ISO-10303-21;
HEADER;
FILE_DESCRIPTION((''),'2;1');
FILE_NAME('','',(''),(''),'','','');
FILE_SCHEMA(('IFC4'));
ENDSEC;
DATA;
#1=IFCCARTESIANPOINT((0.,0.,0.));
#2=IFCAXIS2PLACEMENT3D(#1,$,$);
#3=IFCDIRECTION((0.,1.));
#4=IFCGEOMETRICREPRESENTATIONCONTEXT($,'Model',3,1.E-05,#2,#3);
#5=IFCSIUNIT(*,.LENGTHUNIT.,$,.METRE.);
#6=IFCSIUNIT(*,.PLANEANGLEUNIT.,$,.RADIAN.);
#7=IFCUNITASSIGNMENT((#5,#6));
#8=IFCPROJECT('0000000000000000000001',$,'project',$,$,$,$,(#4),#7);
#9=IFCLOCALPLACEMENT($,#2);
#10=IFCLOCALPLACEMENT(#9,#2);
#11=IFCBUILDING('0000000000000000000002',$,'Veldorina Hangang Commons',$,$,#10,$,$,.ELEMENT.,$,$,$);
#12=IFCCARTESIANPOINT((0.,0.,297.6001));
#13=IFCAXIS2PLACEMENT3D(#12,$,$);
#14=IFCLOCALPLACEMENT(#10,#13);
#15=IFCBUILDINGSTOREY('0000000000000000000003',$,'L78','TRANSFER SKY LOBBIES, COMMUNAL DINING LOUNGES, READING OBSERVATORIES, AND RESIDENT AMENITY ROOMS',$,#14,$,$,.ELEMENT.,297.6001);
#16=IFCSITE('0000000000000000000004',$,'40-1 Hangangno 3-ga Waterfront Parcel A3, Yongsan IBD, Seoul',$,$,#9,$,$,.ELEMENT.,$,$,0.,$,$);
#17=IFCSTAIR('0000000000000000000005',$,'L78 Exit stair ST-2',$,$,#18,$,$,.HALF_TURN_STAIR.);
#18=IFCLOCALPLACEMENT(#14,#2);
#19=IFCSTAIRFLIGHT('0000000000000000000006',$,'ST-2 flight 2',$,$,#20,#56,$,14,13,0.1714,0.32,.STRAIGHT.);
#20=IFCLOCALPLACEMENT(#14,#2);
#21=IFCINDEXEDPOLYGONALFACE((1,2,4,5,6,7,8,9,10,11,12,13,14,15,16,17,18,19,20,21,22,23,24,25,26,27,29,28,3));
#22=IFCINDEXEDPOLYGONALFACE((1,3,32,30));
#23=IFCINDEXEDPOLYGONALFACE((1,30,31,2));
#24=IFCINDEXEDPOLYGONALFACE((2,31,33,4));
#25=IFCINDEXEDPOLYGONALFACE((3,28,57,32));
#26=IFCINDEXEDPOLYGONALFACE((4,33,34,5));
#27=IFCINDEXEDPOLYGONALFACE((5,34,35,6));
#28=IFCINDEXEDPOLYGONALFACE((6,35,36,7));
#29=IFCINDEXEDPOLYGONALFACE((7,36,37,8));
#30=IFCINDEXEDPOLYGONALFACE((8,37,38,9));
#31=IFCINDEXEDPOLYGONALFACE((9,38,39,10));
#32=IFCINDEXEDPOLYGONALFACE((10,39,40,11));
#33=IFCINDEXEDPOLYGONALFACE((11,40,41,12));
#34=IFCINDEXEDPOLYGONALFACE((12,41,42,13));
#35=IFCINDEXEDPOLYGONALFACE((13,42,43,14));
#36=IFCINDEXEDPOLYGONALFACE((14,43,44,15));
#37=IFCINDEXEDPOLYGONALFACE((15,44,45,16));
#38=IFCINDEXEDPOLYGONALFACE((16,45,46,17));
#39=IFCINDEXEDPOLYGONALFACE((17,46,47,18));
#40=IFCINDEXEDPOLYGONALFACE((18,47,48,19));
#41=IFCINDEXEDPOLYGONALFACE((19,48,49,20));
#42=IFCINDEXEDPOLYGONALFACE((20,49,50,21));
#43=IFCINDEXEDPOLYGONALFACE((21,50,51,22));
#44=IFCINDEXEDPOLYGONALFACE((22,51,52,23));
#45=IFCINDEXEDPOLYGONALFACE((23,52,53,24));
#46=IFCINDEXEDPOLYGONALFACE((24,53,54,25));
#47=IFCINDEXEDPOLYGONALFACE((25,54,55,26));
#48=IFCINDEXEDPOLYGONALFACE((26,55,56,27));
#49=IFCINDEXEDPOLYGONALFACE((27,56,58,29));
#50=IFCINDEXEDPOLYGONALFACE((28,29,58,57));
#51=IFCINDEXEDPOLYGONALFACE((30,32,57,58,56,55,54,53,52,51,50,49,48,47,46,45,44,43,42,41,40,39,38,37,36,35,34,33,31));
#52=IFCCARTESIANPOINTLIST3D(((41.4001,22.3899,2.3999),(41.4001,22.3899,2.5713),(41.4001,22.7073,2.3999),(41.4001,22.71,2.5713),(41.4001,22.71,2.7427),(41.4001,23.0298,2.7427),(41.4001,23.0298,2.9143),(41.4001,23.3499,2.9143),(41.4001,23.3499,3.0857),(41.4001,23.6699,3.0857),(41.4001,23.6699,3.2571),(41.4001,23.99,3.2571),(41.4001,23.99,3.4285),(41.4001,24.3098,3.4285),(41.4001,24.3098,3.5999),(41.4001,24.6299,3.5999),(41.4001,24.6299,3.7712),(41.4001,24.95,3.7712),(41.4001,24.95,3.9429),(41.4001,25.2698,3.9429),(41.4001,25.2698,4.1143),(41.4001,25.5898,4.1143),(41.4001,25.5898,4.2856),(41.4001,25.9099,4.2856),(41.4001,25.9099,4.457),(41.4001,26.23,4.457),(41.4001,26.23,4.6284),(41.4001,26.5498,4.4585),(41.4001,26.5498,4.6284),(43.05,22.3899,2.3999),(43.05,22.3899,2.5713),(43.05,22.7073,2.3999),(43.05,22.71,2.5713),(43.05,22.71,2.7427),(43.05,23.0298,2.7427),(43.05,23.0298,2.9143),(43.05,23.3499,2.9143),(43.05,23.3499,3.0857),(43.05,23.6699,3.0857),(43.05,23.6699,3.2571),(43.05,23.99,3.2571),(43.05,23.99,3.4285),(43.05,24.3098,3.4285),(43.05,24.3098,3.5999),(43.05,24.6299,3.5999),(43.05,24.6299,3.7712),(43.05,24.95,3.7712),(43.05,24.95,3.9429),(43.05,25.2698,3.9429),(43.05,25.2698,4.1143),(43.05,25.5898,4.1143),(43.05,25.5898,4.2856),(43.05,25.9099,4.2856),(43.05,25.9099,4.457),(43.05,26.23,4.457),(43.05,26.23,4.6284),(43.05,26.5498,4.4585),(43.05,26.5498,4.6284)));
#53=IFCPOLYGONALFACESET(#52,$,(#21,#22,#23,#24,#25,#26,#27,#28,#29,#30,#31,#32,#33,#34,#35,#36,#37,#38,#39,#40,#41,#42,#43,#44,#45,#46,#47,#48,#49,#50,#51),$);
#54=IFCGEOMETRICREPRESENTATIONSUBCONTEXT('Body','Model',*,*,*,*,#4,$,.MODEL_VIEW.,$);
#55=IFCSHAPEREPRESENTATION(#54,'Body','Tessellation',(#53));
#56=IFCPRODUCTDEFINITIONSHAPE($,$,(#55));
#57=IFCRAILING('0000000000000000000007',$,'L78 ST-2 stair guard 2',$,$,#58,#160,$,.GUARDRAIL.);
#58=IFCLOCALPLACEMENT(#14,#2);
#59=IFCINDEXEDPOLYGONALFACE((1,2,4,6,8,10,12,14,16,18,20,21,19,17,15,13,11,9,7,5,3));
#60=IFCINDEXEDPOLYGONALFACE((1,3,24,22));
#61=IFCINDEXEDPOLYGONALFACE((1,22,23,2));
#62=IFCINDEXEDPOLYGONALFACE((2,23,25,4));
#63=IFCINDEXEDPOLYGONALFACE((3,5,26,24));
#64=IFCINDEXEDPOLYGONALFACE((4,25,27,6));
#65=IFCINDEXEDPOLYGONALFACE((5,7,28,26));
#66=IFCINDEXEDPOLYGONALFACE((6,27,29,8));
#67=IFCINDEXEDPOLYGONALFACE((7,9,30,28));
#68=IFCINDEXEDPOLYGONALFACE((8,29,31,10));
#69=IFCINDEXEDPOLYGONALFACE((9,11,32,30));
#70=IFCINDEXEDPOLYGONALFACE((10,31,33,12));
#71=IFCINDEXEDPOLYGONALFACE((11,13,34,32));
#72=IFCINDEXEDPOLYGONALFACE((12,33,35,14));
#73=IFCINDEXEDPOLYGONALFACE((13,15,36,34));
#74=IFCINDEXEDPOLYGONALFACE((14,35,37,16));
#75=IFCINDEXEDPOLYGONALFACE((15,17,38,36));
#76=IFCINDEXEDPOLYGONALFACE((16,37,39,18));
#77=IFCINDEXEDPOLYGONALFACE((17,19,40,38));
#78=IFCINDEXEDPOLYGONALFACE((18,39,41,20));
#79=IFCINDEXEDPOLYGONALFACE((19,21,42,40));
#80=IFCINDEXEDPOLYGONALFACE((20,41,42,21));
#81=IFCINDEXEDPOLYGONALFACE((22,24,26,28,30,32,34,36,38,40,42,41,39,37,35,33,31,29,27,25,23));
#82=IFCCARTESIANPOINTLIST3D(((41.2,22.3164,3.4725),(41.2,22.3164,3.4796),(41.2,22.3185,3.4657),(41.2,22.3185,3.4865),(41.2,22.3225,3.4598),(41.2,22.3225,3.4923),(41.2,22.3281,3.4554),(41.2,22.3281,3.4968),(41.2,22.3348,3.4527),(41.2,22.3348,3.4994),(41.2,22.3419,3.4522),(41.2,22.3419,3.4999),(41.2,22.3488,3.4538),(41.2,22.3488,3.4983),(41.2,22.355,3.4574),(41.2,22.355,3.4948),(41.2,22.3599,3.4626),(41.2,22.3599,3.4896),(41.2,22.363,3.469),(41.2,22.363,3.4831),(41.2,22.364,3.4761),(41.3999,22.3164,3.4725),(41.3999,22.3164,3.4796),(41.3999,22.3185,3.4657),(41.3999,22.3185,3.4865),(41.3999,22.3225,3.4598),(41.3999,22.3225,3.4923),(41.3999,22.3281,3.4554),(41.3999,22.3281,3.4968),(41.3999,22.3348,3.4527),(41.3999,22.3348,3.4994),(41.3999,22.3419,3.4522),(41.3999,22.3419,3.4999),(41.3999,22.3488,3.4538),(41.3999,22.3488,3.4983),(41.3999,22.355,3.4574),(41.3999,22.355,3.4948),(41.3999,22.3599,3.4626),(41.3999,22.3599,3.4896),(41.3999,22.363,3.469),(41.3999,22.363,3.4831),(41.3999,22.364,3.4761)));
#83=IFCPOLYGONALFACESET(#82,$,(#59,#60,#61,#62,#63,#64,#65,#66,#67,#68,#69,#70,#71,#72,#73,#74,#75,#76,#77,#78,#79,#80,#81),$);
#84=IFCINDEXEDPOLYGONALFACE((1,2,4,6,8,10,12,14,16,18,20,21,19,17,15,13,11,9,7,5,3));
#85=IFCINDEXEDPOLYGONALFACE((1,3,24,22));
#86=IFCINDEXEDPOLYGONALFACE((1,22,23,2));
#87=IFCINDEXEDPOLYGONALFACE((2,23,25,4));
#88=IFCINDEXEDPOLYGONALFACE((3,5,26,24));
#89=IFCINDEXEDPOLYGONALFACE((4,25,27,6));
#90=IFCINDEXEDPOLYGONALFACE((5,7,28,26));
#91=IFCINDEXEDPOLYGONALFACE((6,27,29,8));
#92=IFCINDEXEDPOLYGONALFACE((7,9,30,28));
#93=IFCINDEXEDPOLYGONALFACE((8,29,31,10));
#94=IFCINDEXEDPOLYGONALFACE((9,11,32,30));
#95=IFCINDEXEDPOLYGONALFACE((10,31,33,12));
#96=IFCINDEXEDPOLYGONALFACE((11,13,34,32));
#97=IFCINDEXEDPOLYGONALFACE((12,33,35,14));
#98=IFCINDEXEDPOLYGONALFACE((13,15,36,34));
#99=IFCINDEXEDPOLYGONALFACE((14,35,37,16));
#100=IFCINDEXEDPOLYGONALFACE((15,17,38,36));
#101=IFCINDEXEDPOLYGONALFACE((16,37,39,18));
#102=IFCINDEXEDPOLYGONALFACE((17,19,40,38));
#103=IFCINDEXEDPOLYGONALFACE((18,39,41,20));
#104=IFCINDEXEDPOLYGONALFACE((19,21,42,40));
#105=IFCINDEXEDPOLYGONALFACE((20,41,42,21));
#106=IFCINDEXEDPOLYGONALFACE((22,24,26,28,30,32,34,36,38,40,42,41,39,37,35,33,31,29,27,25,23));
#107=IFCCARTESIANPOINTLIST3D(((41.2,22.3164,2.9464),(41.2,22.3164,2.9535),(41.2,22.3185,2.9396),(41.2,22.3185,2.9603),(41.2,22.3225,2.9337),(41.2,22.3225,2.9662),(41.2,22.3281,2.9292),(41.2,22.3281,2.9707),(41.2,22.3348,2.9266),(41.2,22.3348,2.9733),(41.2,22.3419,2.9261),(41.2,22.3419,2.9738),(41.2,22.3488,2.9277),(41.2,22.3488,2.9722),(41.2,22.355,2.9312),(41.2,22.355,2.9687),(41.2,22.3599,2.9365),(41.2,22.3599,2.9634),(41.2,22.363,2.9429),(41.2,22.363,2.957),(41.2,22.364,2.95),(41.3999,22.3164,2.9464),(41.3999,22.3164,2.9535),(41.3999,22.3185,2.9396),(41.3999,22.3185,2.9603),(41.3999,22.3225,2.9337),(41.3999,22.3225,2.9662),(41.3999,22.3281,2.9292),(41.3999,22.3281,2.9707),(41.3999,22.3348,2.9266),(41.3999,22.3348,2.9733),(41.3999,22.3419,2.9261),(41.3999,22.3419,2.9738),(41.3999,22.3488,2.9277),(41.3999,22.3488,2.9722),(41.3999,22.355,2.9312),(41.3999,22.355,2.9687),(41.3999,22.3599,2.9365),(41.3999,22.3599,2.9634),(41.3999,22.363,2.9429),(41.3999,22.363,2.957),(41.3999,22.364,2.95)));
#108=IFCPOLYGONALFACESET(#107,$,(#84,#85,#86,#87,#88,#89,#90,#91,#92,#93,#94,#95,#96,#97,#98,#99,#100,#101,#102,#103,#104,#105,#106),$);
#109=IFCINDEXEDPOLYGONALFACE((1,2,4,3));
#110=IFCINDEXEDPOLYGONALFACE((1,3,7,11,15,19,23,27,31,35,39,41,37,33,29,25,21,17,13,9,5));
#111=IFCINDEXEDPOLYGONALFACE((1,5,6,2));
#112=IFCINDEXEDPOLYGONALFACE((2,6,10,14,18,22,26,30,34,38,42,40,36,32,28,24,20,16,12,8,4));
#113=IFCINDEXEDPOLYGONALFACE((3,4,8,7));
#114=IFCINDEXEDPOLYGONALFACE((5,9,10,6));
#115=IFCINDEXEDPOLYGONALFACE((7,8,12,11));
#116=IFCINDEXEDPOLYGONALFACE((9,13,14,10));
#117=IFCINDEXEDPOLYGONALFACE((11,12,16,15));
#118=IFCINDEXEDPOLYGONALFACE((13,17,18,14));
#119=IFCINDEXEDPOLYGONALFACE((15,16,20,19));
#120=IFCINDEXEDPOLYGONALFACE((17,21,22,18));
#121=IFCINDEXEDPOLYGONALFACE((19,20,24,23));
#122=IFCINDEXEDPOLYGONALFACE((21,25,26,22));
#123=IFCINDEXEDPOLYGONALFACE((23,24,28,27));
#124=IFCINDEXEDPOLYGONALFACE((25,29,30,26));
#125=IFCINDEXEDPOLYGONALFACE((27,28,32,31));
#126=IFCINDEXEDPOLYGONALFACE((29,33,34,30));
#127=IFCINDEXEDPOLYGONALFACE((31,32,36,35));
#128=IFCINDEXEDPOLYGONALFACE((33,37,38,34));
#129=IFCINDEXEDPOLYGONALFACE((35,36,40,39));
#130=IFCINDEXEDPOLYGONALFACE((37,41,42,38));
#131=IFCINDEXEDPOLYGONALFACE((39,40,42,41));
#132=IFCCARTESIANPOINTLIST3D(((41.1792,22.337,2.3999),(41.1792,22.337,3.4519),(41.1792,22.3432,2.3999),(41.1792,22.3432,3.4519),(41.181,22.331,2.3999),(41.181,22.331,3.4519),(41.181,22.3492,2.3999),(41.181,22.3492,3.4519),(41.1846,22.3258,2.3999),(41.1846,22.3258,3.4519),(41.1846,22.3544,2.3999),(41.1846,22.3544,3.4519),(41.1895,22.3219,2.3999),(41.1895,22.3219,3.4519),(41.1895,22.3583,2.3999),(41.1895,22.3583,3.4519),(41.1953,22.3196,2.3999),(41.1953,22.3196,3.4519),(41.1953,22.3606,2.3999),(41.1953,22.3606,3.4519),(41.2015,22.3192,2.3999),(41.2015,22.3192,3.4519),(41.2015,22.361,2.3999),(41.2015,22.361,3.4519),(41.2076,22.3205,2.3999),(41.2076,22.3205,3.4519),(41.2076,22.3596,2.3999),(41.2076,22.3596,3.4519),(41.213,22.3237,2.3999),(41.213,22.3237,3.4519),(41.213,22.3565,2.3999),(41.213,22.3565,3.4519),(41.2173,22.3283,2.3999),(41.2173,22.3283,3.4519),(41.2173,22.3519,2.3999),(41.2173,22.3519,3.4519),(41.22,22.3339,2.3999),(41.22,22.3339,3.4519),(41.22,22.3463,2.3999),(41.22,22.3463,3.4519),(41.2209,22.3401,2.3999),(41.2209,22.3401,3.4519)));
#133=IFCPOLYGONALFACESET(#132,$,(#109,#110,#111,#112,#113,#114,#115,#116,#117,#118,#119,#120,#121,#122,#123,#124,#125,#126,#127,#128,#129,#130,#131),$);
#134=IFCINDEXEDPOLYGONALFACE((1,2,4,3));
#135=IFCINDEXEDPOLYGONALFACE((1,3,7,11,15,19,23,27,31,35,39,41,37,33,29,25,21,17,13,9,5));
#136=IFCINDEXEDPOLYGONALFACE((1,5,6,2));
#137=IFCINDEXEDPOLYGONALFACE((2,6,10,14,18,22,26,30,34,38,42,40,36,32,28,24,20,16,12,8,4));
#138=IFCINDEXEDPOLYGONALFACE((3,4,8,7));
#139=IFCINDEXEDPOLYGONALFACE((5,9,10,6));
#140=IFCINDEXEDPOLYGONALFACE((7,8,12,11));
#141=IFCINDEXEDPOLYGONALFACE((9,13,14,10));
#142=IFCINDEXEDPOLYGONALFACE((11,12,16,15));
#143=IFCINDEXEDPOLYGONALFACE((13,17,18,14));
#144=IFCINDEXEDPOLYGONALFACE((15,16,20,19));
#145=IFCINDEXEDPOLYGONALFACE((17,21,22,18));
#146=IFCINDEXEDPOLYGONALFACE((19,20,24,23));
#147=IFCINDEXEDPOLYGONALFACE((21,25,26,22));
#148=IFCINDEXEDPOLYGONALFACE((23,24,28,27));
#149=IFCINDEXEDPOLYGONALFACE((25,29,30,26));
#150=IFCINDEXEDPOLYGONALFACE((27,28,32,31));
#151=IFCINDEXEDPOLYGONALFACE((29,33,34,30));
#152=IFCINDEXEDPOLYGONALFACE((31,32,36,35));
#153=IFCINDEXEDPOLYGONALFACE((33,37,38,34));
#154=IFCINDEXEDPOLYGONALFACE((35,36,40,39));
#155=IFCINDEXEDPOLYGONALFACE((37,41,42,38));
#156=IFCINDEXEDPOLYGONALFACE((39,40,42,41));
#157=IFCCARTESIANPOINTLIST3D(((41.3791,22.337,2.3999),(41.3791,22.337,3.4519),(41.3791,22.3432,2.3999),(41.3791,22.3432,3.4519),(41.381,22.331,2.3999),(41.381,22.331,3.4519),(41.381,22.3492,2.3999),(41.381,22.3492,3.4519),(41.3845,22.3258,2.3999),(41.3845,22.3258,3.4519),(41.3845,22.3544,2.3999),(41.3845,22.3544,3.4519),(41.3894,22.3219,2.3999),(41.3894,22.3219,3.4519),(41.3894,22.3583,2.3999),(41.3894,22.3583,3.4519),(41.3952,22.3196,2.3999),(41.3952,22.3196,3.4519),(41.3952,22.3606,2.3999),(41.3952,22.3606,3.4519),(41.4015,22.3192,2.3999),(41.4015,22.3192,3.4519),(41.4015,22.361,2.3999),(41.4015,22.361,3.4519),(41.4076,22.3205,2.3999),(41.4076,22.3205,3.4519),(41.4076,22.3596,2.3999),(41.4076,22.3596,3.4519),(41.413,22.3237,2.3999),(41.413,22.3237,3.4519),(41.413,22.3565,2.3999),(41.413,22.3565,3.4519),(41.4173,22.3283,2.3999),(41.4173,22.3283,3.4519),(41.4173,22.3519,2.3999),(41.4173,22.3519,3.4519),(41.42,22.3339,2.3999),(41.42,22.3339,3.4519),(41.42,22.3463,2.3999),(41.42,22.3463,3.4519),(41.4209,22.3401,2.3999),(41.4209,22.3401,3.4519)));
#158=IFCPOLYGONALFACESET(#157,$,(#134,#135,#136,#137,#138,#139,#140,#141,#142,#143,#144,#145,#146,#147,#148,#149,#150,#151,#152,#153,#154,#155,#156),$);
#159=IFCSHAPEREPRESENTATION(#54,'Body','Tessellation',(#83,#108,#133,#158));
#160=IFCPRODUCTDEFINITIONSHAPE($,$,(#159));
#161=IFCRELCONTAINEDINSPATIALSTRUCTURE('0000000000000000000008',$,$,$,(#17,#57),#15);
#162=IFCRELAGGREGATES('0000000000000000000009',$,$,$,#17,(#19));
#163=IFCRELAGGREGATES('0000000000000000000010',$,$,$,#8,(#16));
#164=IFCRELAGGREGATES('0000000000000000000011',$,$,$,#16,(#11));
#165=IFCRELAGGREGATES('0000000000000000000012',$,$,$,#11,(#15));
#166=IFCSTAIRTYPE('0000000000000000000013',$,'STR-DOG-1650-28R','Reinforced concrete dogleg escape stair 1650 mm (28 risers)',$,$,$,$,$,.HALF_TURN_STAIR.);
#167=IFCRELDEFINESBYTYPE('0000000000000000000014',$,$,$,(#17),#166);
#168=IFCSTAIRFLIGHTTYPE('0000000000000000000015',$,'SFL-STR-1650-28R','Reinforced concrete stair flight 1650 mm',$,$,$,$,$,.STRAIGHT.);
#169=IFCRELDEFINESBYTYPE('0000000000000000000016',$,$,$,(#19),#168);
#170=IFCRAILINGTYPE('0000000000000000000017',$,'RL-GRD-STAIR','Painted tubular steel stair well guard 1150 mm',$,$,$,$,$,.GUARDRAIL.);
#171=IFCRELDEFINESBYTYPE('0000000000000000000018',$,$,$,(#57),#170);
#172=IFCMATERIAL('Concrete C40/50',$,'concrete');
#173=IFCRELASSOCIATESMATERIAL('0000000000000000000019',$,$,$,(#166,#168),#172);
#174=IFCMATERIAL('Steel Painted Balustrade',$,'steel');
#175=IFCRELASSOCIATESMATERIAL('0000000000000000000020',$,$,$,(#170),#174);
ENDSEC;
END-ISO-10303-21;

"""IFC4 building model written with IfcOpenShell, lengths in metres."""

from ifc_helpers import new_model, si_unit, direction, frame, origin, origin_2d, place, context, subcontext, project, spatial, polyline, circle, outline, extrude, material, type_object, element, aggregate, save


model = new_model("IFC4")

# Units and contexts
model_context = context("Model", 3, precision=1e-05, world=origin(), true_north=direction((0.0, 1.0)))
body_context = subcontext(model_context, "Body", "Model", "MODEL_VIEW")
ifc_project = project(units=[si_unit("LENGTHUNIT", "METRE"), si_unit("PLANEANGLEUNIT", "RADIAN")], contexts=[model_context])

# Site, building, storey
site_placement = place(None, origin())
site = spatial("IfcSite", under=ifc_project, at=site_placement, Name="40-1 Hangangno 3-ga Waterfront Parcel A3, Yongsan IBD, Seoul", CompositionType="ELEMENT", RefElevation=0.0)
building_placement = place(site_placement, origin())
building = spatial("IfcBuilding", under=site, at=building_placement, Name="Veldorina Hangang Commons", CompositionType="ELEMENT")
storey_placement = place(building_placement, frame((0.0, 0.0, 297.6001)))
storey = spatial("IfcBuildingStorey", under=building, at=storey_placement, Name="L78", Description="TRANSFER SKY LOBBIES, COMMUNAL DINING LOUNGES, READING OBSERVATORIES, AND RESIDENT AMENITY ROOMS", CompositionType="ELEMENT", Elevation=297.6001)

# Stair, stair flight
ifc_material_1 = material(Name="Concrete C40/50", Category="concrete")
stair_type = type_object("IfcStairType", Name="STR-DOG-1650-28R", Description="Reinforced concrete dogleg escape stair 1650 mm (28 risers)", PredefinedType="HALF_TURN_STAIR", material=ifc_material_1)
stair_placement = place(storey_placement, origin())
stair = element("IfcStair", 1, at=stair_placement, inside=storey, type_object=stair_type, Name="L78 Exit stair ST-2", PredefinedType="HALF_TURN_STAIR")
stair_flight_type = type_object("IfcStairFlightType", Name="SFL-STR-1650-28R", Description="Reinforced concrete stair flight 1650 mm", PredefinedType="STRAIGHT", material=ifc_material_1)
stair_flight_placement = place(storey_placement, frame((42.2251, 22.3899, 2.3999), z_axis=(0.0, 0.0, 1.0), x_axis=(0.0, 1.0, 0.0)))
stair_flight = element("IfcStairFlight", 2, at=stair_flight_placement, type_object=stair_flight_type, Name="ST-2 flight 2", NumberOfRisers=14, NumberOfTreads=13, PredefinedType="STRAIGHT", RiserHeight=0.1714, TreadLength=0.32, context=body_context, shape_type="SweptSolid", body=[
    extrude(outline(polyline([(0.0, 0.0), (0.0, 0.1714), (0.3201, 0.1714), (0.3201, 0.3428), (0.6399, 0.3428), (0.6399, 0.5144), (0.96, 0.5144), (0.96, 0.6858), (1.28, 0.6858), (1.28, 0.8572), (1.6001, 0.8572), (1.6001, 1.0286), (1.9199, 1.0286), (1.9199, 1.2), (2.24, 1.2), (2.24, 1.3713), (2.5601, 1.3713), (2.5601, 1.543), (2.8799, 1.543), (2.8799, 1.7144), (3.2, 1.7144), (3.2, 1.8857), (3.52, 1.8857), (3.52, 2.0571), (3.8401, 2.0571), (3.8401, 2.2285), (4.1599, 2.2285), (4.1599, 2.3999), (4.1599, 2.0586), (0.3174, 0.0), (0.0, 0.0)])), frame((0.0, 0.825, 0.0), z_axis=(0.0, -1.0, 0.0), x_axis=(1.0, 0.0, 0.0)), (0.0, 0.0, 1.0), 1.6499),
])
aggregate(stair, [stair_flight])

# Railing
ifc_material_2 = material(Name="Steel Painted Balustrade", Category="steel")
railing_type_1 = type_object("IfcRailingType", Name="RL-GRD-STAIR", Description="Painted tubular steel stair well guard 1150 mm", PredefinedType="GUARDRAIL", material=ifc_material_2)
railing_1_placement = place(storey_placement, frame((41.2, 22.3401, 2.3999)))
element("IfcRailing", 3, at=railing_1_placement, inside=storey, type_object=railing_type_1, Name="L78 ST-2 stair guard 2", PredefinedType="GUARDRAIL", context=body_context, shape_type="SweptSolid", body=[
    extrude(circle(Radius=0.0239, at=origin_2d()), frame((0.0, 0.0, 1.0762), z_axis=(1.0, 0.0, 0.0), x_axis=(0.0, 1.0, 0.0)), (0.0, 0.0, 1.0), 0.2),
    extrude(circle(Radius=0.0239, at=origin_2d()), frame((0.0, 0.0, 0.55), z_axis=(1.0, 0.0, 0.0), x_axis=(0.0, 1.0, 0.0)), (0.0, 0.0, 1.0), 0.2),
    extrude(circle(Radius=0.021, at=origin_2d()), origin(), (0.0, 0.0, 1.0), 1.052),
    extrude(circle(Radius=0.021, at=origin_2d()), frame((0.2, 0.0, 0.0)), (0.0, 0.0, 1.0), 1.052),
])

save(model, "model.ifc")
